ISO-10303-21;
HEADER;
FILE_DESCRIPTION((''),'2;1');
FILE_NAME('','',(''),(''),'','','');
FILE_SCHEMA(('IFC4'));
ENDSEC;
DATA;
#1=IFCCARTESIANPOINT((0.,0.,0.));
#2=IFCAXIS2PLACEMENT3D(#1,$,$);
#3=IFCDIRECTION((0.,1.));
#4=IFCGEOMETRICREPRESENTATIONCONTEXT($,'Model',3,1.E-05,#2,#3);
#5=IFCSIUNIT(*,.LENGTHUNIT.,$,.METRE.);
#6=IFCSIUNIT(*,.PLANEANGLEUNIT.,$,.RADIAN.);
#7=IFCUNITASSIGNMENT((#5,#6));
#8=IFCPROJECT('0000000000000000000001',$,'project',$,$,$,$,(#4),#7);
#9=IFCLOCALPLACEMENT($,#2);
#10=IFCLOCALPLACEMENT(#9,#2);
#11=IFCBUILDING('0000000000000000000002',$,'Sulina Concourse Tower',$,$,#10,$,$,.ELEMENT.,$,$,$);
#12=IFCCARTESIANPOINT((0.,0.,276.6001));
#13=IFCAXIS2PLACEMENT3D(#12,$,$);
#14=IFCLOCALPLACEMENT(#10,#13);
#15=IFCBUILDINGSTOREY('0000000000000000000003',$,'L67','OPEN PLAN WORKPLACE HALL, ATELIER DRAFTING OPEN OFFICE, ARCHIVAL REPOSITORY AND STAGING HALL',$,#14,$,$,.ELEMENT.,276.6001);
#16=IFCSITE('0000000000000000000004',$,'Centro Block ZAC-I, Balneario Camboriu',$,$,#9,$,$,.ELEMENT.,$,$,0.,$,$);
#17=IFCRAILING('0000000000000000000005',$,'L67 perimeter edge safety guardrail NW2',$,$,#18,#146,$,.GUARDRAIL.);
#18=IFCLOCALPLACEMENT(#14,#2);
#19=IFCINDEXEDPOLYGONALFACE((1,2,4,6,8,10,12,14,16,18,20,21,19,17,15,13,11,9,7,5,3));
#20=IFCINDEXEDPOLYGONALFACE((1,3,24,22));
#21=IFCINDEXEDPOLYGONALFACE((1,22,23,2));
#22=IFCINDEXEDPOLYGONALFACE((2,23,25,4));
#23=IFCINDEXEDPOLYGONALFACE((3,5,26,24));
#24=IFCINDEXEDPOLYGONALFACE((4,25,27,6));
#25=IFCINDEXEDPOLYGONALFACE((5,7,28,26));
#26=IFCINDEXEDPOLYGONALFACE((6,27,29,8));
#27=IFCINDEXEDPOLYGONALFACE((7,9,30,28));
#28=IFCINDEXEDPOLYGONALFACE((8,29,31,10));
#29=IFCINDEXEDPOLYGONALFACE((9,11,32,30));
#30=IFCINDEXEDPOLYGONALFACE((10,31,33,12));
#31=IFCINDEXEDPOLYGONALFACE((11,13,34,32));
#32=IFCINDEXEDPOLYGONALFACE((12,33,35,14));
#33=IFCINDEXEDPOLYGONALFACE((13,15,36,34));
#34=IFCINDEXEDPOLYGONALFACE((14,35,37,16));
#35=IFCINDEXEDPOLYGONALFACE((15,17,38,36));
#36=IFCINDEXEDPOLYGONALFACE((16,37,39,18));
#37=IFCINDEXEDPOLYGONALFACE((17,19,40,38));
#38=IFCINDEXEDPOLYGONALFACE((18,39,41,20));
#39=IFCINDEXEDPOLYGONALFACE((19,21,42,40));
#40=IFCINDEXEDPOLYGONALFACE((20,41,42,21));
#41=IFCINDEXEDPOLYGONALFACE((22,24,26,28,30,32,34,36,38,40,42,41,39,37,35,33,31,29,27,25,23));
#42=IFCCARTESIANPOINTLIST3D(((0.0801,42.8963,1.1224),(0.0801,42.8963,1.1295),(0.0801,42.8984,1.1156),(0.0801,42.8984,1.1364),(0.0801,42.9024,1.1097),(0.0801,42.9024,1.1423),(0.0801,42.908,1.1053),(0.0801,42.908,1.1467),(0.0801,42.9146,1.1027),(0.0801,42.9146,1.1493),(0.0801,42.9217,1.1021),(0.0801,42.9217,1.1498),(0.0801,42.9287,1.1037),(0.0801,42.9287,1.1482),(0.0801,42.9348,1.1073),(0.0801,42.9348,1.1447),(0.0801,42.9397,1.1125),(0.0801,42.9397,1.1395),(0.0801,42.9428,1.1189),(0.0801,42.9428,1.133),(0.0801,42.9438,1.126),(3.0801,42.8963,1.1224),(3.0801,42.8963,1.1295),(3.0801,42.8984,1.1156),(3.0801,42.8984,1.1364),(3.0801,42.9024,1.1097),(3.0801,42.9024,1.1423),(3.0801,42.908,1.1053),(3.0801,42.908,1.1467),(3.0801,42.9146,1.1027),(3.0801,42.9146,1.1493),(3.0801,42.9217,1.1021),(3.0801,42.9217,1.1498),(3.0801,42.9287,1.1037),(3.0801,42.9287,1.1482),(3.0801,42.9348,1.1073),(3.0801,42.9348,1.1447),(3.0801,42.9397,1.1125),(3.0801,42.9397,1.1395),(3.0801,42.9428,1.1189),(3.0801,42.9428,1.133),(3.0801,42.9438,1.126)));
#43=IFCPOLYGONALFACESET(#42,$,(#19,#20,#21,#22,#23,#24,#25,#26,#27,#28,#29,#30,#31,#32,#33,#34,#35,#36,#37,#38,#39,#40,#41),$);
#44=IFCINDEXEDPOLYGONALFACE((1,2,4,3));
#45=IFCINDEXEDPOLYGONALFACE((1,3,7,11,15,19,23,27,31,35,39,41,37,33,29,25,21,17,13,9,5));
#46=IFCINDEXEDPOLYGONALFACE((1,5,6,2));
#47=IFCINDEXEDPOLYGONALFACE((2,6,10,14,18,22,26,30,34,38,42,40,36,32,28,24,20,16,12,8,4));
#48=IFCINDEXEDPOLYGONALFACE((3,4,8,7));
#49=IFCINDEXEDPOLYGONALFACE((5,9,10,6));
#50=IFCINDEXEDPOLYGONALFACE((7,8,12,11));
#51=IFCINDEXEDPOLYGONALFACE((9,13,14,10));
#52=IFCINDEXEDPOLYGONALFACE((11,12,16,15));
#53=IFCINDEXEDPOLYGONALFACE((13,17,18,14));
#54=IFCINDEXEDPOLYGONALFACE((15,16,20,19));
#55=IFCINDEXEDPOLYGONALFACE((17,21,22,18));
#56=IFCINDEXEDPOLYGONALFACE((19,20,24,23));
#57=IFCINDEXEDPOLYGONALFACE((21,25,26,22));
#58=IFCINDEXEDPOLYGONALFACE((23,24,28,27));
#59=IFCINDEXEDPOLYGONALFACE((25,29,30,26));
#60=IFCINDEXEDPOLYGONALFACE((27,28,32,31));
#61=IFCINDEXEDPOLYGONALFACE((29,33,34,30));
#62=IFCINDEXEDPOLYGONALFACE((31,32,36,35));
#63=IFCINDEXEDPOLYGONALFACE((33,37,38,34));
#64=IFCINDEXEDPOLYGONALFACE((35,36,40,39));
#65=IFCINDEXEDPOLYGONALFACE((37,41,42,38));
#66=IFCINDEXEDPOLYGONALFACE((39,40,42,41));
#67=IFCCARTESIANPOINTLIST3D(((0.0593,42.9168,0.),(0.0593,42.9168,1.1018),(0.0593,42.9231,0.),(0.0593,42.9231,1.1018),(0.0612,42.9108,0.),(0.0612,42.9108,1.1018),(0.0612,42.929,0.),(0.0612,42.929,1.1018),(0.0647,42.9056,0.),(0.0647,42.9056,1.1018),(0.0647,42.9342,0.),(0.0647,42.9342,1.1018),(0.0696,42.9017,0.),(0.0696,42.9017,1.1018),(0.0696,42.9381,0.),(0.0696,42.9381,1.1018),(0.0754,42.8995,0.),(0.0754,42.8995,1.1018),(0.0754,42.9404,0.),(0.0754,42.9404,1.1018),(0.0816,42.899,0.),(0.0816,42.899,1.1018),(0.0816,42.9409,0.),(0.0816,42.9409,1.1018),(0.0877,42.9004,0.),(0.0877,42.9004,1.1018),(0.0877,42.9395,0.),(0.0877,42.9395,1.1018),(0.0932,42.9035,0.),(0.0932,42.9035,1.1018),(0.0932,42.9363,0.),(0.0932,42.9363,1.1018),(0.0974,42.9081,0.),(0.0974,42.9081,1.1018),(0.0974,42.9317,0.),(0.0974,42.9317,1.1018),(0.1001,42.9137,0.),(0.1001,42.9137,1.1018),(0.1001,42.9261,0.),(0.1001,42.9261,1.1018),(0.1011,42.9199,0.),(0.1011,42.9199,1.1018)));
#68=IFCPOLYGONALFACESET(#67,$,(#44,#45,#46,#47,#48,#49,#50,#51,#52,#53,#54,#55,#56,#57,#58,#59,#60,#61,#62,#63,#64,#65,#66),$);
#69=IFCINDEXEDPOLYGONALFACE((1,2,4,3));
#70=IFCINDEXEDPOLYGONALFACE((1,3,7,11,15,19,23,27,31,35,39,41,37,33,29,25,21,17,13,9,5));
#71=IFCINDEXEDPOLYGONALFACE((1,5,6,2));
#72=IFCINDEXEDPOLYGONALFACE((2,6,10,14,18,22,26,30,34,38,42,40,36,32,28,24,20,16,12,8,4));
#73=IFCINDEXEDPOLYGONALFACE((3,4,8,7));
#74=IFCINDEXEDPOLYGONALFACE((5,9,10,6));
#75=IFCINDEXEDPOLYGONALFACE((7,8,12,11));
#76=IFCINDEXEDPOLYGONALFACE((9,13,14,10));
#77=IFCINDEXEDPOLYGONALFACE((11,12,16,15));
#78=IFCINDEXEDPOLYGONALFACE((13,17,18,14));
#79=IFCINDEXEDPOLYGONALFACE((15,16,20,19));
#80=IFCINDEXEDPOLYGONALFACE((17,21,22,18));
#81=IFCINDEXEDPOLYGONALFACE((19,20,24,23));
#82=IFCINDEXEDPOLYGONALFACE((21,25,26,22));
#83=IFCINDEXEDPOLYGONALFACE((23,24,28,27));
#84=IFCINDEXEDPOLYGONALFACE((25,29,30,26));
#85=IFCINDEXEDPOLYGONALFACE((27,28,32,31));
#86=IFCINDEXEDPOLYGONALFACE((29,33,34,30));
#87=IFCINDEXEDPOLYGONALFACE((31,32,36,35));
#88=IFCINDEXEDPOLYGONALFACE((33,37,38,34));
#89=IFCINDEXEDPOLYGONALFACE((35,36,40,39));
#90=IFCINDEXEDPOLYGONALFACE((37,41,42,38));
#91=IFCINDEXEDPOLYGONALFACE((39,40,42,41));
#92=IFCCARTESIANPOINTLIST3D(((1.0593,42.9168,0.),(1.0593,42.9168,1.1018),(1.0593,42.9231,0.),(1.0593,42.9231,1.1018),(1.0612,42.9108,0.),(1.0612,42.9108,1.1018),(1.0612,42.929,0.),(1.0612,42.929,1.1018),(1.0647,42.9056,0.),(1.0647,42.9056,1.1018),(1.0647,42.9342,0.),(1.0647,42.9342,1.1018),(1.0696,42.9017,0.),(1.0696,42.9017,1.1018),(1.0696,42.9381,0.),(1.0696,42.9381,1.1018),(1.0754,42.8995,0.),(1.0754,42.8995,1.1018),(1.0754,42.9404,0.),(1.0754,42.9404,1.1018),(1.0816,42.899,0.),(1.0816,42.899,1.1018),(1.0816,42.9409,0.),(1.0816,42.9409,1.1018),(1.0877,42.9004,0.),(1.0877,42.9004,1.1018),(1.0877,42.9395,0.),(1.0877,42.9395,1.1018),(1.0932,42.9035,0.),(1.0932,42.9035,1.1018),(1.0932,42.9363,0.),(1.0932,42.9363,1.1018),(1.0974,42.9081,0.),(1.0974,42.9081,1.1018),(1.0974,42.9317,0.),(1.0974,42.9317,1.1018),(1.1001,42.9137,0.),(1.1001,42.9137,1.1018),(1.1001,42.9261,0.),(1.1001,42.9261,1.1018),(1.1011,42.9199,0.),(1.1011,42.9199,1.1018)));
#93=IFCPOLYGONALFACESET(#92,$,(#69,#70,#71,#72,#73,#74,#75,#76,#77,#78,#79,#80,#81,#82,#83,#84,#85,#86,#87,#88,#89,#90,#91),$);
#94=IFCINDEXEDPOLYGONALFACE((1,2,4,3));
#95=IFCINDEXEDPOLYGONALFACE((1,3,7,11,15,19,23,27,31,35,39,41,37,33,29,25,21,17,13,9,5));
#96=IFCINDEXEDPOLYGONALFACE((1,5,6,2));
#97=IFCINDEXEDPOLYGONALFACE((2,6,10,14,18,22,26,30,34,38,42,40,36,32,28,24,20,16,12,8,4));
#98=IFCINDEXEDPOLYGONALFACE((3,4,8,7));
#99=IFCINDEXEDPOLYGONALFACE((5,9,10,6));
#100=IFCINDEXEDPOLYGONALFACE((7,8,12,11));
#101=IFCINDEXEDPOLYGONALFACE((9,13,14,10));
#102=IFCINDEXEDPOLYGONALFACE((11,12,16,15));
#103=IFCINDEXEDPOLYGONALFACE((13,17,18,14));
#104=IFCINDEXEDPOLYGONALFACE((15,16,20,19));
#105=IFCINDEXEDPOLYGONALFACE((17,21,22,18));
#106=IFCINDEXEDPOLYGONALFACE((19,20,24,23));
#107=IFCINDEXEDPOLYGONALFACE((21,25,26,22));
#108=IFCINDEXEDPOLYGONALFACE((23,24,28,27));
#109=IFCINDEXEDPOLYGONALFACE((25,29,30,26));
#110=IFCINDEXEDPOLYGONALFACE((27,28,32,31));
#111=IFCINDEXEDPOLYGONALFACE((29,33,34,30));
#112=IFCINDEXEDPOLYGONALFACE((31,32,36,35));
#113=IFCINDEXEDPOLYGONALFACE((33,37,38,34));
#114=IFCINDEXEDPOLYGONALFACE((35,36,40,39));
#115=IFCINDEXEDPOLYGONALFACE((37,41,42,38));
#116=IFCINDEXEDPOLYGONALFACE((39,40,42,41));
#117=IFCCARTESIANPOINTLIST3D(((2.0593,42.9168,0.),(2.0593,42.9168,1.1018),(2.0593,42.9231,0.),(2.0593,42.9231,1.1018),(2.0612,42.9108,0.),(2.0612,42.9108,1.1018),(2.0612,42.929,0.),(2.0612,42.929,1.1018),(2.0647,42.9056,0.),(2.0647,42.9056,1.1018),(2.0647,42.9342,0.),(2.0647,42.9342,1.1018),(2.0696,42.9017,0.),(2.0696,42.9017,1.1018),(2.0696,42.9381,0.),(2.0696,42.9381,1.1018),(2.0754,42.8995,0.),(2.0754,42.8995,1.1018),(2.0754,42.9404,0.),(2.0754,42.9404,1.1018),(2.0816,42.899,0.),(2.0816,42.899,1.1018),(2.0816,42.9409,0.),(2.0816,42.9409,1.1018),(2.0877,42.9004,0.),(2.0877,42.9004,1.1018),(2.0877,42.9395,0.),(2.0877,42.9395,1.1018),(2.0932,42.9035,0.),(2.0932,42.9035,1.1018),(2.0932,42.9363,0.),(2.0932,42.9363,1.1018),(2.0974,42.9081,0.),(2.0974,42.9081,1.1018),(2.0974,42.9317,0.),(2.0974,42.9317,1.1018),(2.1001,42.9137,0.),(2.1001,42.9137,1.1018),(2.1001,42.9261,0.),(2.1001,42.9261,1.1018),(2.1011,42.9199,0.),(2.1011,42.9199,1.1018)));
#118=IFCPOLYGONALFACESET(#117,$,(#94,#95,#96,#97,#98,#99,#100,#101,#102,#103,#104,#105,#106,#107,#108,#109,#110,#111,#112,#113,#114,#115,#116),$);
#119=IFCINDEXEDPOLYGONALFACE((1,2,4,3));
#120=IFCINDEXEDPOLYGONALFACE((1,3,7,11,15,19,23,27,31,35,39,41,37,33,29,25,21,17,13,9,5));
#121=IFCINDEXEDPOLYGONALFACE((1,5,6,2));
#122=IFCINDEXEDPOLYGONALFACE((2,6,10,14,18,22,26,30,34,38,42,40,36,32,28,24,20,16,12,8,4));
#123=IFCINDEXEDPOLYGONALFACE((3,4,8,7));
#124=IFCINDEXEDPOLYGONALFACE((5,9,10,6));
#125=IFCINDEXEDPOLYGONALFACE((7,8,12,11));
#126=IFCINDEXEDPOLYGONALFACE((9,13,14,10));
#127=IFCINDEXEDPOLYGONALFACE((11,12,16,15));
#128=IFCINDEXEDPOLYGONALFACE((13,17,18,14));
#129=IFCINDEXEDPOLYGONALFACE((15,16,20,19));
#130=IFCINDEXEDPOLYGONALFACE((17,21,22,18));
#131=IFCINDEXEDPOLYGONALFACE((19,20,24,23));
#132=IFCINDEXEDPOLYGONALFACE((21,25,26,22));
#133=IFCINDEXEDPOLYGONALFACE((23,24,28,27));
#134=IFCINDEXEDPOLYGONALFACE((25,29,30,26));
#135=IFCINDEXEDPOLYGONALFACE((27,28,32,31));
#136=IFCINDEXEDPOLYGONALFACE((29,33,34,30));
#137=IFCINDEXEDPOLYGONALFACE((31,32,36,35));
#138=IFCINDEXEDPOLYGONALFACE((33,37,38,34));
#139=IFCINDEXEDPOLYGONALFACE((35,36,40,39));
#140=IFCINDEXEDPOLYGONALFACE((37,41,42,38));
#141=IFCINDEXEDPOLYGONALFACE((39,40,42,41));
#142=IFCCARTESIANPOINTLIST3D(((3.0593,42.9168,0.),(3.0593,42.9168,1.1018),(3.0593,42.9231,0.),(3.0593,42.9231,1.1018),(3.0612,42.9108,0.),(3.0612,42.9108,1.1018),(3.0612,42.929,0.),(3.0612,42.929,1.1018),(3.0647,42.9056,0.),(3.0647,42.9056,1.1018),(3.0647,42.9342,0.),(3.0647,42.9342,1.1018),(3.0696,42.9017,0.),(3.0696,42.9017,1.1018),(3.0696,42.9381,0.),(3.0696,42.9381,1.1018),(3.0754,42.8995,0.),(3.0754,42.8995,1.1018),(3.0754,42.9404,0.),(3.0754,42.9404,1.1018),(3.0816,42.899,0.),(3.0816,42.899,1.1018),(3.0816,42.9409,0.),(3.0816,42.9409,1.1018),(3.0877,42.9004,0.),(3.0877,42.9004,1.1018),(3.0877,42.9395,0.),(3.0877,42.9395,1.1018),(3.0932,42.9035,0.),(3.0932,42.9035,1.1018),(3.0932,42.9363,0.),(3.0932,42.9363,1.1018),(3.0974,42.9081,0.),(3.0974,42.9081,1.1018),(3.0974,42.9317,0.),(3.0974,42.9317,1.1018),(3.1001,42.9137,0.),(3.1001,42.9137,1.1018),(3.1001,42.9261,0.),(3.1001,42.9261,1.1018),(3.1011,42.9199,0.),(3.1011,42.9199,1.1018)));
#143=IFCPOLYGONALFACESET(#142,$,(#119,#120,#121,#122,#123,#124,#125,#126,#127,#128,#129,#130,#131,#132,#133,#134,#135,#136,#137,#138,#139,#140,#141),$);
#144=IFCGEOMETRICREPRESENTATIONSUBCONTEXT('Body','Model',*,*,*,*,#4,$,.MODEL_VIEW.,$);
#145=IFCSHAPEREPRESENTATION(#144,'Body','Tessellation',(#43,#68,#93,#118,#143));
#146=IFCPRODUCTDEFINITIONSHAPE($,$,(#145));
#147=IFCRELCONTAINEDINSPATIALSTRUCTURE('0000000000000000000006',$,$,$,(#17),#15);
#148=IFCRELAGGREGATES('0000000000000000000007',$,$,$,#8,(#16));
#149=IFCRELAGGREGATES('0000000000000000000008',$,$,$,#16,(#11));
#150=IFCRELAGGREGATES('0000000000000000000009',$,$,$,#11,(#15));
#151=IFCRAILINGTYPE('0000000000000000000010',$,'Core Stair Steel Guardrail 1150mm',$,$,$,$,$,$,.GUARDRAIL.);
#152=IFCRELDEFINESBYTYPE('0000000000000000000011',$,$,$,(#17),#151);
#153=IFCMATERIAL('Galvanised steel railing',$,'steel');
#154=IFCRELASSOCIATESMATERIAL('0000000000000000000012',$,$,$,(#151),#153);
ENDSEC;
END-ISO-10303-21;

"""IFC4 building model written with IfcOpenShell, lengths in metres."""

from ifc_helpers import new_model, si_unit, direction, frame, origin, origin_2d, place, context, subcontext, project, spatial, circle, extrude, material, type_object, element, save


model = new_model("IFC4")

# Units and contexts
model_context = context("Model", 3, precision=1e-05, world=origin(), true_north=direction((0.0, 1.0)))
body_context = subcontext(model_context, "Body", "Model", "MODEL_VIEW")
ifc_project = project(units=[si_unit("LENGTHUNIT", "METRE"), si_unit("PLANEANGLEUNIT", "RADIAN")], contexts=[model_context])

# Site, building, storey
site_placement = place(None, origin())
site = spatial("IfcSite", under=ifc_project, at=site_placement, Name="Centro Block ZAC-I, Balneario Camboriu", CompositionType="ELEMENT", RefElevation=0.0)
building_placement = place(site_placement, origin())
building = spatial("IfcBuilding", under=site, at=building_placement, Name="Sulina Concourse Tower", CompositionType="ELEMENT")
storey_placement = place(building_placement, frame((0.0, 0.0, 276.6001)))
storey = spatial("IfcBuildingStorey", under=building, at=storey_placement, Name="L67", Description="OPEN PLAN WORKPLACE HALL, ATELIER DRAFTING OPEN OFFICE, ARCHIVAL REPOSITORY AND STAGING HALL", CompositionType="ELEMENT", Elevation=276.6001)

# Railing
ifc_material_1 = material(Name="Galvanised steel railing", Category="steel")
railing_type_1 = type_object("IfcRailingType", Name="Core Stair Steel Guardrail 1150mm", PredefinedType="GUARDRAIL", material=ifc_material_1)
railing_1_placement = place(storey_placement, frame((0.0801, 42.9199, 0.0)))
element("IfcRailing", 1, at=railing_1_placement, inside=storey, type_object=railing_type_1, Name="L67 perimeter edge safety guardrail NW2", PredefinedType="GUARDRAIL", context=body_context, shape_type="SweptSolid", body=[
    extrude(circle(Radius=0.0239, at=origin_2d()), frame((0.0, 0.0, 1.126), z_axis=(1.0, 0.0, 0.0), x_axis=(0.0, 1.0, 0.0)), (0.0, 0.0, 1.0), 3.0),
    extrude(circle(Radius=0.021, at=origin_2d()), origin(), (0.0, 0.0, 1.0), 1.1018),
    extrude(circle(Radius=0.021, at=origin_2d()), frame((1.0, 0.0, 0.0)), (0.0, 0.0, 1.0), 1.1018),
    extrude(circle(Radius=0.021, at=origin_2d()), frame((2.0, 0.0, 0.0)), (0.0, 0.0, 1.0), 1.1018),
    extrude(circle(Radius=0.021, at=origin_2d()), frame((3.0, 0.0, 0.0)), (0.0, 0.0, 1.0), 1.1018),
])

save(model, "model.ifc")
